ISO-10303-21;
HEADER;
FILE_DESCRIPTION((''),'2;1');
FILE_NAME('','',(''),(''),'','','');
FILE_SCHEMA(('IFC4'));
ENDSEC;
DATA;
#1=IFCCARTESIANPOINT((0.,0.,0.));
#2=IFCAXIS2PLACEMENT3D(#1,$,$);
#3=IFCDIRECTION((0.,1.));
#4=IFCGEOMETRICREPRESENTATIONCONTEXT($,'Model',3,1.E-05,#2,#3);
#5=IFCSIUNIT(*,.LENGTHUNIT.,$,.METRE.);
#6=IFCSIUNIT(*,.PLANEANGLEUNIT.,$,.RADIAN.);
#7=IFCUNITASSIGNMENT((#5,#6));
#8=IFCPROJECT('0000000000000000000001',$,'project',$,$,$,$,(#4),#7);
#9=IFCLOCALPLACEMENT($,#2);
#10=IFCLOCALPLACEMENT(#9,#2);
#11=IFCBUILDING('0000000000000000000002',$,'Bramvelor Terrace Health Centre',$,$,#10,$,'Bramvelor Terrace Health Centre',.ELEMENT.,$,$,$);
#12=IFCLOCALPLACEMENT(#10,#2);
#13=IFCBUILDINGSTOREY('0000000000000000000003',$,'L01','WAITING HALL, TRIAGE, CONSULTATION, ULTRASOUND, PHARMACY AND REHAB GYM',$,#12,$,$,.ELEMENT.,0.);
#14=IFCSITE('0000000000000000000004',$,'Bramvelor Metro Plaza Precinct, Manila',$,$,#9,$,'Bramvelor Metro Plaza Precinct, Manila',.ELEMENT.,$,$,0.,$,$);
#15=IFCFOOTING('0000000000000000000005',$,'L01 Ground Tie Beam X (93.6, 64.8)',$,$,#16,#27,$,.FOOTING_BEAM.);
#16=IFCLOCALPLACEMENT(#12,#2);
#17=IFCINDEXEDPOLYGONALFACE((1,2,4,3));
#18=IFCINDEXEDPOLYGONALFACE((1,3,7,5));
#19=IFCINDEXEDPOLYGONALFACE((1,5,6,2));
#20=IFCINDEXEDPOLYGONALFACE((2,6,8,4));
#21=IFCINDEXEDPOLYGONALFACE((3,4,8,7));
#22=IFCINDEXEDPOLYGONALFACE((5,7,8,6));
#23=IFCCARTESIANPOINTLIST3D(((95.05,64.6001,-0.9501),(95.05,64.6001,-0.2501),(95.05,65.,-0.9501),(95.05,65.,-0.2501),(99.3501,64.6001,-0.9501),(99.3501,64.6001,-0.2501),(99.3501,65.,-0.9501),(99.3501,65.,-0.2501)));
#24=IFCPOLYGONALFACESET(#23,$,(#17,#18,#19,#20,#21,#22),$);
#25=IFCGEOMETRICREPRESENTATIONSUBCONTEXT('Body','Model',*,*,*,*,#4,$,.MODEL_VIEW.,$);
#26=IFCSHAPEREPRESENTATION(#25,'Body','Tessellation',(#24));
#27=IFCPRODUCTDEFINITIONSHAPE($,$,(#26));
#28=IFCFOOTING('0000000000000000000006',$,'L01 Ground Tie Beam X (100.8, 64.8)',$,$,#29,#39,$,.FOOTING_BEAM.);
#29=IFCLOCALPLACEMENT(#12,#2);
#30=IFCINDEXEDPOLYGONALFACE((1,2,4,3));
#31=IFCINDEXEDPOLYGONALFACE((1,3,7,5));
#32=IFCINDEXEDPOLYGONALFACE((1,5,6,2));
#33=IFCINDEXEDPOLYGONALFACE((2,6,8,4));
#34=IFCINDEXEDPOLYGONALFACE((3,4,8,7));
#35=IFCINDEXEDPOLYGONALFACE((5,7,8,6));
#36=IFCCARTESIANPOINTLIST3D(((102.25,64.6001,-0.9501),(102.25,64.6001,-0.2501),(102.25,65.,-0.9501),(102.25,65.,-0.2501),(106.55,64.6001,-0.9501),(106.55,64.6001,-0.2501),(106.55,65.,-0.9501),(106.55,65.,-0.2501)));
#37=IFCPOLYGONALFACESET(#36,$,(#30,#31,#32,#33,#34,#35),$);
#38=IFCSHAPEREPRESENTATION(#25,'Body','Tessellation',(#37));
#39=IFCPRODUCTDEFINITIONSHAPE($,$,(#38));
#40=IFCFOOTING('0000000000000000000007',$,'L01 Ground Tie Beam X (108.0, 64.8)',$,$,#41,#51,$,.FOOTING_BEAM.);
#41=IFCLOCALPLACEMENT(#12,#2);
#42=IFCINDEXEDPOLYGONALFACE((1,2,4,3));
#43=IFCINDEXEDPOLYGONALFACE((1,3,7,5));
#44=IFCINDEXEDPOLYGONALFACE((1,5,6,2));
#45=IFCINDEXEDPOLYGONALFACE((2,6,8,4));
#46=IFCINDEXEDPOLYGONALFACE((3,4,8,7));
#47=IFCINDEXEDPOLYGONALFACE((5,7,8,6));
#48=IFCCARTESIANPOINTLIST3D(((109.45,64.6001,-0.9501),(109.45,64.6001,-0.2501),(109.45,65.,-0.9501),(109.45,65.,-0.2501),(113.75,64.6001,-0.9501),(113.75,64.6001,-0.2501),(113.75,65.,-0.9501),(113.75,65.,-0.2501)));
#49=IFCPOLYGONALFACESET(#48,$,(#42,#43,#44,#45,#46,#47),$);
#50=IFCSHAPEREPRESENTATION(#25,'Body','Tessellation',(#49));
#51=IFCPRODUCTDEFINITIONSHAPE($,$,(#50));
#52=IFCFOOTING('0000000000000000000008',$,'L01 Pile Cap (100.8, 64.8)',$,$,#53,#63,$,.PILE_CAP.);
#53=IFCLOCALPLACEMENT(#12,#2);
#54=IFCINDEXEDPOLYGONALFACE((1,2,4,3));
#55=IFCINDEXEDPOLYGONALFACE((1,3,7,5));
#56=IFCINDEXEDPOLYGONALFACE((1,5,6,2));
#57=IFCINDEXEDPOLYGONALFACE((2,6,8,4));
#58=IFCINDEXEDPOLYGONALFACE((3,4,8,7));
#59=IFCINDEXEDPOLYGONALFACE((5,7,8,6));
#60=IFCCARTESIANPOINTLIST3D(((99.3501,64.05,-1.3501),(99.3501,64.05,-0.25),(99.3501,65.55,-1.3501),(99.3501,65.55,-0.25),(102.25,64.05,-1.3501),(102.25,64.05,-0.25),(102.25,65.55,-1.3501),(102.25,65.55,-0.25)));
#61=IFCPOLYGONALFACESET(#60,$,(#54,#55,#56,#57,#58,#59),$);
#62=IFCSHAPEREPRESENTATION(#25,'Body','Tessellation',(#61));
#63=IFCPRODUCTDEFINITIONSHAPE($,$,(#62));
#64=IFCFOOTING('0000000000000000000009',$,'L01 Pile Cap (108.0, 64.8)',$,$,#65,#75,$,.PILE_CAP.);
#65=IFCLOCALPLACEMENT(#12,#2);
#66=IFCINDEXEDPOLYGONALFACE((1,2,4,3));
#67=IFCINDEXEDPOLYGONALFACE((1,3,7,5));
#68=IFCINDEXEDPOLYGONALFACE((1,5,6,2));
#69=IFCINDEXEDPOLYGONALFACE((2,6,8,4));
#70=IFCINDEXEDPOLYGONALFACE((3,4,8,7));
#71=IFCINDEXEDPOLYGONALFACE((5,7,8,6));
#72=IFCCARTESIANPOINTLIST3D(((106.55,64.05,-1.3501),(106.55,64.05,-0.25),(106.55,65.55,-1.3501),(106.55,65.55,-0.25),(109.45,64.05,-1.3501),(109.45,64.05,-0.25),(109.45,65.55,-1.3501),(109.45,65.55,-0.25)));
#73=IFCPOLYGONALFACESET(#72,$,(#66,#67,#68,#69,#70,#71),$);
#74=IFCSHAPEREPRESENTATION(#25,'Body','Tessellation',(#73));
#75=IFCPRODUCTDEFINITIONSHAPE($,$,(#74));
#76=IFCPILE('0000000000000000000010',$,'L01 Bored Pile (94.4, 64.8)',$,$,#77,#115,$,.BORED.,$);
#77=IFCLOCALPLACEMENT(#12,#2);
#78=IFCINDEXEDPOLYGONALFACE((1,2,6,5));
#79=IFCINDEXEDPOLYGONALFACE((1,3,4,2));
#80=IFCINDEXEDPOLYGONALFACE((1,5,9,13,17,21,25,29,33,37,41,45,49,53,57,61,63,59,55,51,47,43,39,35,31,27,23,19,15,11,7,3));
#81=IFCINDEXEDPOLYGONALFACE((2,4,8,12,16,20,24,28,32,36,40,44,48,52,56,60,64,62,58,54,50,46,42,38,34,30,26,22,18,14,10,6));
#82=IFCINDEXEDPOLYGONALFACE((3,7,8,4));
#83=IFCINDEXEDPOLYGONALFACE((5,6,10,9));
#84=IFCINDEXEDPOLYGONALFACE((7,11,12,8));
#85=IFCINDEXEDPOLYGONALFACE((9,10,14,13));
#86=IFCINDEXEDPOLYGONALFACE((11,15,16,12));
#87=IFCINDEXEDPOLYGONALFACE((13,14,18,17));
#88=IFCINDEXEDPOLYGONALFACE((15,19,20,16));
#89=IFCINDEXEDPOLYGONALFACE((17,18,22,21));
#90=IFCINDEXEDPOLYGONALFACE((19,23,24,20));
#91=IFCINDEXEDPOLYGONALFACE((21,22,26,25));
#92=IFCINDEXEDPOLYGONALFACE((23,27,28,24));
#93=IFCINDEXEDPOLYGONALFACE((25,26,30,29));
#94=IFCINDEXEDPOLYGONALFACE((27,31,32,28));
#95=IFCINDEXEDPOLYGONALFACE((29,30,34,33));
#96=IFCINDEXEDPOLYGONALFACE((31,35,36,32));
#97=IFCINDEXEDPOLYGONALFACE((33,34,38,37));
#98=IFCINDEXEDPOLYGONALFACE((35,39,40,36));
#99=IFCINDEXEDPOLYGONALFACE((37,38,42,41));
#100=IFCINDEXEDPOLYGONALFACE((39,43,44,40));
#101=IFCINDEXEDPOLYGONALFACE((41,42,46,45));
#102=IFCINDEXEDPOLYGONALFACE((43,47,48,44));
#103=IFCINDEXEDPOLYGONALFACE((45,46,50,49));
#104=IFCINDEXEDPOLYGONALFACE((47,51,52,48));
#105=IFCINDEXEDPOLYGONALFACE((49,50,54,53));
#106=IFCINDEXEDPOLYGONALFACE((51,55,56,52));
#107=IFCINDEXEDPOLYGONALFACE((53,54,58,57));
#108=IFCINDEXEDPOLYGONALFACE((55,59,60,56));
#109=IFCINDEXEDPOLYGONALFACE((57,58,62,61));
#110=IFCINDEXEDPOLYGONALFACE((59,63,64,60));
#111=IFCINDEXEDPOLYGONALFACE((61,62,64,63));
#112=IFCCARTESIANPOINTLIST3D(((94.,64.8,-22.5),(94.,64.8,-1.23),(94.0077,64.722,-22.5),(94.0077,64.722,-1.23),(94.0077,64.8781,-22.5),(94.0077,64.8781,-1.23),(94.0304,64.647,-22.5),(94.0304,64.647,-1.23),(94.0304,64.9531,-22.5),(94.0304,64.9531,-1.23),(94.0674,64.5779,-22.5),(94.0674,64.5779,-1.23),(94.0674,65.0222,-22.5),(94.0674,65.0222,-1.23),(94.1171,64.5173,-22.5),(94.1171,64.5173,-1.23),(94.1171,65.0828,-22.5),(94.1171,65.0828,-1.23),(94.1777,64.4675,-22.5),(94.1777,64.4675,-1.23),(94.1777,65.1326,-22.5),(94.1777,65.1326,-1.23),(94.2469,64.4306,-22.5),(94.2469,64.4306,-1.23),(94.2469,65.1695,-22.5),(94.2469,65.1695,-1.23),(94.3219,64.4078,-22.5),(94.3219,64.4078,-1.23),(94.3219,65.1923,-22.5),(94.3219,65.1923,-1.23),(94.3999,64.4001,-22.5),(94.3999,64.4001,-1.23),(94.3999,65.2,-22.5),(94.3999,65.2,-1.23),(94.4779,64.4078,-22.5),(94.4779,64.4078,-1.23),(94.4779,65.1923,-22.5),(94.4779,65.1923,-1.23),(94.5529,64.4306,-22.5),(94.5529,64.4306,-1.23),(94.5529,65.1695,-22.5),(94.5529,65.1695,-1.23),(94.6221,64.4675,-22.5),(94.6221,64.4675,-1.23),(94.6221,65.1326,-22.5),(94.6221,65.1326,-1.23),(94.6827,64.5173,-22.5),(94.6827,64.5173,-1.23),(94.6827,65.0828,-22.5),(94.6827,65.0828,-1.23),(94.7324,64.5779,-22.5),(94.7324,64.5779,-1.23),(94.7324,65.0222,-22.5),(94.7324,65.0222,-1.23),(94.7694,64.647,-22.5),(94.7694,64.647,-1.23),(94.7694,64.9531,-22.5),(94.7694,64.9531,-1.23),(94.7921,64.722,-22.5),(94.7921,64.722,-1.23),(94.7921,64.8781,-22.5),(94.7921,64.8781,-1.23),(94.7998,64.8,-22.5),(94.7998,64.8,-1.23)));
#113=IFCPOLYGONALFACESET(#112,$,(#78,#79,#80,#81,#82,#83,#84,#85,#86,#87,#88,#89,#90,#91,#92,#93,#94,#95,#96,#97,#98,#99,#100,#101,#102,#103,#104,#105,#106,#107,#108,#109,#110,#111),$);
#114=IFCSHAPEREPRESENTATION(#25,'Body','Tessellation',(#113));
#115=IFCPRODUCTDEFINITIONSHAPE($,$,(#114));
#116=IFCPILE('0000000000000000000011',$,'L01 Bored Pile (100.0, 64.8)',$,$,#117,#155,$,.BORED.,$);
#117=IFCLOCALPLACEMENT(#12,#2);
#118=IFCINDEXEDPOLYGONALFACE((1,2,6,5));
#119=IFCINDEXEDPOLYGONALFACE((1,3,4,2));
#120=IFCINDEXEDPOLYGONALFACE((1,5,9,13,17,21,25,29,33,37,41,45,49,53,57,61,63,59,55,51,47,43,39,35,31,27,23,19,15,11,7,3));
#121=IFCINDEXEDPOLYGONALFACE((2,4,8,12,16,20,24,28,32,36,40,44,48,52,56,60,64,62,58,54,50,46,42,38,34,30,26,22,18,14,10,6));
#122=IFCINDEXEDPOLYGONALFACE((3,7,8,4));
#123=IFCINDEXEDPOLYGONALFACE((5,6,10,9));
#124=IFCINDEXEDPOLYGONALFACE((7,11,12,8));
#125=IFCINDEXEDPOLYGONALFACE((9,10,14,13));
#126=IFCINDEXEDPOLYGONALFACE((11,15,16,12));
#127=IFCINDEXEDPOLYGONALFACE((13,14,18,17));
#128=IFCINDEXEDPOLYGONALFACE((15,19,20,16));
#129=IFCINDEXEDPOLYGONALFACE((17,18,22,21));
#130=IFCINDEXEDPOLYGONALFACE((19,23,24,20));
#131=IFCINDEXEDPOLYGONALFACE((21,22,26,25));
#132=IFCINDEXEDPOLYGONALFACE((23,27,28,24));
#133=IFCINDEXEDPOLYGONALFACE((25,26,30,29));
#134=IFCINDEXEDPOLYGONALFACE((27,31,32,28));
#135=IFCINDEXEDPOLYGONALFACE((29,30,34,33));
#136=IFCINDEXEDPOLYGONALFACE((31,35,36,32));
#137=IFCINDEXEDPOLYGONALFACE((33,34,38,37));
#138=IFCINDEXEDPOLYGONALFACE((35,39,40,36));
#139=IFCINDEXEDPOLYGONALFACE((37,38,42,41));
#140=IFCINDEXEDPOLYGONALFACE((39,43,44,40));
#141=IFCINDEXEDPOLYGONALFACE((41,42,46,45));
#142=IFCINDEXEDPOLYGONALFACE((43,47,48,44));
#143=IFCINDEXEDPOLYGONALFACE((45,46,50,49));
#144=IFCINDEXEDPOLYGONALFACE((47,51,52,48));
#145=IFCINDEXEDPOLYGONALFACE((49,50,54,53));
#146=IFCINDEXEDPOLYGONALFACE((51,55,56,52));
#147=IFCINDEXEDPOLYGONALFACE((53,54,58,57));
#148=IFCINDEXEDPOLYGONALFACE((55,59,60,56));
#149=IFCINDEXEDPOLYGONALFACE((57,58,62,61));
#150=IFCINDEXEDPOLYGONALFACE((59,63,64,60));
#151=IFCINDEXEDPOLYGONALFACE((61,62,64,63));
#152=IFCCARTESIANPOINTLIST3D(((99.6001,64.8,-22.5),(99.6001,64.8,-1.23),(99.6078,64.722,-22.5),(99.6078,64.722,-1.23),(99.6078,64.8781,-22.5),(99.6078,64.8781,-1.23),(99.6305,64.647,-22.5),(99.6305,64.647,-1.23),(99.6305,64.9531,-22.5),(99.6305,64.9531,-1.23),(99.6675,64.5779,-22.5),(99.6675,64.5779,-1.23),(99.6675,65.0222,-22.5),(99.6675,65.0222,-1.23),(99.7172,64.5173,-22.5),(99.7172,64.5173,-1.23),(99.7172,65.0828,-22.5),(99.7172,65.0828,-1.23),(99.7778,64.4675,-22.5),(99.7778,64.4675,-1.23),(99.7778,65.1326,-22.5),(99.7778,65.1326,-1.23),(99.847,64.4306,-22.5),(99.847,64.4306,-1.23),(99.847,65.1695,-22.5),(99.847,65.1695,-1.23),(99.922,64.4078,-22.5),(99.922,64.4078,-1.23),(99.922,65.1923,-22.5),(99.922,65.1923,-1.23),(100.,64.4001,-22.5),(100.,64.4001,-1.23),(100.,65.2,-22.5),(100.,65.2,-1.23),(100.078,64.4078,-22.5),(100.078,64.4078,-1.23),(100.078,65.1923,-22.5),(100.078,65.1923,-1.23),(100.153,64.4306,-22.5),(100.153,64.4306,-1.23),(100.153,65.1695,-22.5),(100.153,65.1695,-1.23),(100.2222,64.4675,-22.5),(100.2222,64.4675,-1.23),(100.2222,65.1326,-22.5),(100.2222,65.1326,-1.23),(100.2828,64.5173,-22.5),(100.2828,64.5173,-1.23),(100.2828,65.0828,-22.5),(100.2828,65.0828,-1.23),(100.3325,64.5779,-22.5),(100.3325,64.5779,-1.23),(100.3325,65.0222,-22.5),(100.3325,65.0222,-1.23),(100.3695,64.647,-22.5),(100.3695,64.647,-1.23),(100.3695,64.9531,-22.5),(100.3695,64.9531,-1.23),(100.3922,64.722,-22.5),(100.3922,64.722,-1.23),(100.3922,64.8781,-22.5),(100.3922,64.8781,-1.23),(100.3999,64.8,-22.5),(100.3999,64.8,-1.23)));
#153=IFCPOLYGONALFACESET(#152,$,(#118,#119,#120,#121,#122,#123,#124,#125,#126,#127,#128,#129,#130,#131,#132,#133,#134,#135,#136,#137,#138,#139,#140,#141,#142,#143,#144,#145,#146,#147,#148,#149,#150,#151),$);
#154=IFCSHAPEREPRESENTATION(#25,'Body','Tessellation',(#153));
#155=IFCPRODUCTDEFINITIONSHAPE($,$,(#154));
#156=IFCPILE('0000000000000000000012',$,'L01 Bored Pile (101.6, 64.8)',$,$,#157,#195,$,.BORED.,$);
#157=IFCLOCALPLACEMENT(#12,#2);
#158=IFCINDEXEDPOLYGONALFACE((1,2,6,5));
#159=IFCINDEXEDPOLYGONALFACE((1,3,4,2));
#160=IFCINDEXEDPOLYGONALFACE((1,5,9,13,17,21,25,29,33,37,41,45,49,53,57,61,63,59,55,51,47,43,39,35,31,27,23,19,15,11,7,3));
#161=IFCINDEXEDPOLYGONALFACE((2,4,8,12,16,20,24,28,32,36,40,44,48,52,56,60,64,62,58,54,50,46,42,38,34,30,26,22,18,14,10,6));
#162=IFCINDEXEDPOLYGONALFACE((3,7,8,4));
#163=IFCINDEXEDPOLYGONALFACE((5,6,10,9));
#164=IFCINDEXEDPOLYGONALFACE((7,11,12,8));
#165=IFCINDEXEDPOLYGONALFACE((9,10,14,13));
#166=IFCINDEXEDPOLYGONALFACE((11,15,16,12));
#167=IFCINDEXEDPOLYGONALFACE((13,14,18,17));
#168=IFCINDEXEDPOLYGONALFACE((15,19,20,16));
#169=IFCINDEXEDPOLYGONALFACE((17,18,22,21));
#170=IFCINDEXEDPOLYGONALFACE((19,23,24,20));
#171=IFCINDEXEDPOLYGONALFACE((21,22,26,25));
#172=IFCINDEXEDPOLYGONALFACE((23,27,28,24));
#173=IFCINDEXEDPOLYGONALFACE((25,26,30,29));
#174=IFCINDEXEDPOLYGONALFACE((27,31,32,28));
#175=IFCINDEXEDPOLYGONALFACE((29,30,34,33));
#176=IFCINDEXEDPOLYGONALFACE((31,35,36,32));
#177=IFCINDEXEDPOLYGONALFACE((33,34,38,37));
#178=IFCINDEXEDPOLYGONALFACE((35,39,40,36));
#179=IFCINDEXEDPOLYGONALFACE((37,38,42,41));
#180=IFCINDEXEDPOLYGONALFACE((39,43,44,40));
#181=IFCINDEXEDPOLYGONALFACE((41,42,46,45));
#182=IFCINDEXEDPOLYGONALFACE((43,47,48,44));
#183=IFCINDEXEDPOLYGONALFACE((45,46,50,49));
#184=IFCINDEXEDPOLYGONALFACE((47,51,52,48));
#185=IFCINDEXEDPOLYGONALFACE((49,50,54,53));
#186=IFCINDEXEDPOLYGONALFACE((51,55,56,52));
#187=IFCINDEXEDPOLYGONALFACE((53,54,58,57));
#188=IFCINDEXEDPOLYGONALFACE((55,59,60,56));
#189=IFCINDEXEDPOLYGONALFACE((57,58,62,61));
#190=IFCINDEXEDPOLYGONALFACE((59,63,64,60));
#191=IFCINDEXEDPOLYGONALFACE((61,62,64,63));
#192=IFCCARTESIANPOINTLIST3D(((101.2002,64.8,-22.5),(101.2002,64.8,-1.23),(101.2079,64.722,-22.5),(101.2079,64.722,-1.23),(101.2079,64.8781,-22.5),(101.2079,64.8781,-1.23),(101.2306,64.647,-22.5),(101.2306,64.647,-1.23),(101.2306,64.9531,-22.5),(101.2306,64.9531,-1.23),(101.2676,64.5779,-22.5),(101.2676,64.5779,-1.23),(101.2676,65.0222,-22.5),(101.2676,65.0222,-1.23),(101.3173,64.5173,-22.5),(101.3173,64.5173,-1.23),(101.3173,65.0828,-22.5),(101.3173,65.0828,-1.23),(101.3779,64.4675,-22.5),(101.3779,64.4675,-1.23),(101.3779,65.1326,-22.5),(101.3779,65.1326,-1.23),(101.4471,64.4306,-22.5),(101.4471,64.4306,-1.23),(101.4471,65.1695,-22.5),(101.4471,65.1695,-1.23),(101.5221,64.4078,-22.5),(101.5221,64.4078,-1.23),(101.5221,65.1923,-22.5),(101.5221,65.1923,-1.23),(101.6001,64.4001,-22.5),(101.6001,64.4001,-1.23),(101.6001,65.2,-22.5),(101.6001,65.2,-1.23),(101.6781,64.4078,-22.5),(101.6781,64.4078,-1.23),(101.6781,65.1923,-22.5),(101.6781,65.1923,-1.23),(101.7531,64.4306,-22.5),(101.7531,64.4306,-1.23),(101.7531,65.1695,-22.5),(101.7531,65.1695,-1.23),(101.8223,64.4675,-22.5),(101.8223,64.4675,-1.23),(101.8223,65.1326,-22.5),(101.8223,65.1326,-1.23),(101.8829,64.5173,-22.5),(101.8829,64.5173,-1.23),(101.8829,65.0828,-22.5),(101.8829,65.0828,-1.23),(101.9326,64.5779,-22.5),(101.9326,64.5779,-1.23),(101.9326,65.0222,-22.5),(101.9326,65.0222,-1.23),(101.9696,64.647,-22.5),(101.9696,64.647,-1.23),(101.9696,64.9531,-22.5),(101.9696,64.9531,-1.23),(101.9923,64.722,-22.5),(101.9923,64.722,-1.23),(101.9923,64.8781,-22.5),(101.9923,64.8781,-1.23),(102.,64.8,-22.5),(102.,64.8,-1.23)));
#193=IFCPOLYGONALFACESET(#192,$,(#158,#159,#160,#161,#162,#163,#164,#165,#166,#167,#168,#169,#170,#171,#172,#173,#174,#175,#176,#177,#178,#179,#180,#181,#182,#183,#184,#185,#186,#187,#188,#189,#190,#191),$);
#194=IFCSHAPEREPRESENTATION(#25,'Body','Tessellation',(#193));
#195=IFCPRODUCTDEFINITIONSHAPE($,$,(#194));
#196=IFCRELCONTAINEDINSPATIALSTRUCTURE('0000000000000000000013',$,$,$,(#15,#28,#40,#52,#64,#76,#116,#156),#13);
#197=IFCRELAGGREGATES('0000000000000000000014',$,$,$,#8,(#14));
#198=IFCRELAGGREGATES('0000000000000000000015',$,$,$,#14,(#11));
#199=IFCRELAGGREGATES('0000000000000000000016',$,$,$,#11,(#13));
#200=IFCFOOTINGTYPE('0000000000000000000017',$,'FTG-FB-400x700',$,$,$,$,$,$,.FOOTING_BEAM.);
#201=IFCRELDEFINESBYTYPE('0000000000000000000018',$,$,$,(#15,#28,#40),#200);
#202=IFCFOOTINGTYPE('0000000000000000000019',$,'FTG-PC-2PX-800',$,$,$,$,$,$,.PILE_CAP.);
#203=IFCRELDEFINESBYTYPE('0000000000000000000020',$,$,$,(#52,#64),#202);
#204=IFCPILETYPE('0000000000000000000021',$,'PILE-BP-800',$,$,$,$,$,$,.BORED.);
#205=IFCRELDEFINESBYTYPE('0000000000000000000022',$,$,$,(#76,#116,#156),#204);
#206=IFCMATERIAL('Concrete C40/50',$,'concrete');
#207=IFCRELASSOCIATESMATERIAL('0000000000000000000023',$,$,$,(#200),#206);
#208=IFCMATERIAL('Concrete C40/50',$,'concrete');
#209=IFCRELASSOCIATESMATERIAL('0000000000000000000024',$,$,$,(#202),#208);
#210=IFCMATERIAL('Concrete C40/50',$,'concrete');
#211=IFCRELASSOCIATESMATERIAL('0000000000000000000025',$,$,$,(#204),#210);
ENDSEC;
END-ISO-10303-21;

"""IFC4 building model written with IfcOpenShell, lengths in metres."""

from ifc_helpers import new_model, si_unit, direction, frame, origin, origin_2d, place, context, subcontext, project, spatial, rectangle, circle, extrude, material, material_profile, profile_set, type_object, element, save


model = new_model("IFC4")

# Units and contexts
model_context = context("Model", 3, precision=1e-05, world=origin(), true_north=direction((0.0, 1.0)))
body_context = subcontext(model_context, "Body", "Model", "MODEL_VIEW")
ifc_project = project(units=[si_unit("LENGTHUNIT", "METRE"), si_unit("PLANEANGLEUNIT", "RADIAN")], contexts=[model_context])

# Site, building, storey
site_placement = place(None, origin())
site = spatial("IfcSite", under=ifc_project, at=site_placement, Name="Bramvelor Metro Plaza Precinct, Manila", LongName="Bramvelor Metro Plaza Precinct, Manila", CompositionType="ELEMENT", RefElevation=0.0)
building_placement = place(site_placement, origin())
building = spatial("IfcBuilding", under=site, at=building_placement, Name="Bramvelor Terrace Health Centre", LongName="Bramvelor Terrace Health Centre", CompositionType="ELEMENT")
storey_placement = place(building_placement, origin())
storey = spatial("IfcBuildingStorey", under=building, at=storey_placement, Name="L01", Description="WAITING HALL, TRIAGE, CONSULTATION, ULTRASOUND, PHARMACY AND REHAB GYM", CompositionType="ELEMENT", Elevation=0.0)

# Footings
ifc_material_1 = material(Name="Concrete C40/50", Category="concrete")
ifc_material_profile_1 = material_profile(ifc_material_1, rectangle(XDim=0.3999, YDim=0.7, at=origin_2d()), Name="RC 400x700")
ifc_profile_set_1 = profile_set([ifc_material_profile_1], Name="Concrete C40/50")
footing_type_1 = type_object("IfcFootingType", Name="FTG-FB-400x700", PredefinedType="FOOTING_BEAM", material=ifc_profile_set_1)
for number, where, z_axis, x_axis, name in (
    (1, (95.05, 64.8, -0.6001), (1.0, 0.0, 0.0), (0.0, 1.0, 0.0), "L01 Ground Tie Beam X (93.6, 64.8)"),
    (2, (102.25, 64.8, -0.6001), (1.0, 0.0, 0.0), (0.0, 1.0, 0.0), "L01 Ground Tie Beam X (100.8, 64.8)"),
    (3, (109.45, 64.8, -0.6001), (1.0, 0.0, 0.0), (0.0, 1.0, 0.0), "L01 Ground Tie Beam X (108.0, 64.8)"),
):
    element("IfcFooting", number, at=place(storey_placement, frame(where, z_axis=z_axis, x_axis=x_axis)), inside=storey, type_object=footing_type_1, Name=name, PredefinedType="FOOTING_BEAM", context=body_context, shape_type="SweptSolid", body=[
        extrude(rectangle(XDim=0.3999, YDim=0.7, at=origin_2d()), origin(), (0.0, 0.0, 1.0), 4.3),
    ])
ifc_material_2 = material(Name="Concrete C40/50", Category="concrete")
footing_type_2 = type_object("IfcFootingType", Name="FTG-PC-2PX-800", PredefinedType="PILE_CAP", material=ifc_material_2)
for number, where, z_axis, x_axis, name in (
    (4, (100.8, 64.8, -1.3501), (0.0, 0.0, 1.0), (1.0, 0.0, 0.0), "L01 Pile Cap (100.8, 64.8)"),
    (5, (108.0, 64.8, -1.3501), (0.0, 0.0, 1.0), (1.0, 0.0, 0.0), "L01 Pile Cap (108.0, 64.8)"),
):
    element("IfcFooting", number, at=place(storey_placement, frame(where, z_axis=z_axis, x_axis=x_axis)), inside=storey, type_object=footing_type_2, Name=name, PredefinedType="PILE_CAP", context=body_context, shape_type="SweptSolid", body=[
        extrude(rectangle(XDim=2.8999, YDim=1.5, at=origin_2d()), origin(), (0.0, 0.0, 1.0), 1.1001),
    ])

# Piles
ifc_material_3 = material(Name="Concrete C40/50", Category="concrete")
ifc_material_profile_2 = material_profile(ifc_material_3, circle(Radius=0.3999, at=origin_2d()), Name="BP D800")
ifc_profile_set_2 = profile_set([ifc_material_profile_2], Name="Concrete C40/50")
pile_type = type_object("IfcPileType", Name="PILE-BP-800", PredefinedType="BORED", material=ifc_profile_set_2)
for number, where, z_axis, x_axis, name in (
    (6, (94.3999, 64.8, -1.23), (0.0, 0.0, -1.0), (1.0, 0.0, 0.0), "L01 Bored Pile (94.4, 64.8)"),
    (7, (100.0, 64.8, -1.23), (0.0, 0.0, -1.0), (1.0, 0.0, 0.0), "L01 Bored Pile (100.0, 64.8)"),
    (8, (101.6001, 64.8, -1.23), (0.0, 0.0, -1.0), (1.0, 0.0, 0.0), "L01 Bored Pile (101.6, 64.8)"),
):
    element("IfcPile", number, at=place(storey_placement, frame(where, z_axis=z_axis, x_axis=x_axis)), inside=storey, type_object=pile_type, Name=name, PredefinedType="BORED", context=body_context, shape_type="SweptSolid", body=[
        extrude(circle(Radius=0.3999, at=origin_2d()), origin(), (0.0, 0.0, 1.0), 21.27),
    ])

save(model, "model.ifc")
